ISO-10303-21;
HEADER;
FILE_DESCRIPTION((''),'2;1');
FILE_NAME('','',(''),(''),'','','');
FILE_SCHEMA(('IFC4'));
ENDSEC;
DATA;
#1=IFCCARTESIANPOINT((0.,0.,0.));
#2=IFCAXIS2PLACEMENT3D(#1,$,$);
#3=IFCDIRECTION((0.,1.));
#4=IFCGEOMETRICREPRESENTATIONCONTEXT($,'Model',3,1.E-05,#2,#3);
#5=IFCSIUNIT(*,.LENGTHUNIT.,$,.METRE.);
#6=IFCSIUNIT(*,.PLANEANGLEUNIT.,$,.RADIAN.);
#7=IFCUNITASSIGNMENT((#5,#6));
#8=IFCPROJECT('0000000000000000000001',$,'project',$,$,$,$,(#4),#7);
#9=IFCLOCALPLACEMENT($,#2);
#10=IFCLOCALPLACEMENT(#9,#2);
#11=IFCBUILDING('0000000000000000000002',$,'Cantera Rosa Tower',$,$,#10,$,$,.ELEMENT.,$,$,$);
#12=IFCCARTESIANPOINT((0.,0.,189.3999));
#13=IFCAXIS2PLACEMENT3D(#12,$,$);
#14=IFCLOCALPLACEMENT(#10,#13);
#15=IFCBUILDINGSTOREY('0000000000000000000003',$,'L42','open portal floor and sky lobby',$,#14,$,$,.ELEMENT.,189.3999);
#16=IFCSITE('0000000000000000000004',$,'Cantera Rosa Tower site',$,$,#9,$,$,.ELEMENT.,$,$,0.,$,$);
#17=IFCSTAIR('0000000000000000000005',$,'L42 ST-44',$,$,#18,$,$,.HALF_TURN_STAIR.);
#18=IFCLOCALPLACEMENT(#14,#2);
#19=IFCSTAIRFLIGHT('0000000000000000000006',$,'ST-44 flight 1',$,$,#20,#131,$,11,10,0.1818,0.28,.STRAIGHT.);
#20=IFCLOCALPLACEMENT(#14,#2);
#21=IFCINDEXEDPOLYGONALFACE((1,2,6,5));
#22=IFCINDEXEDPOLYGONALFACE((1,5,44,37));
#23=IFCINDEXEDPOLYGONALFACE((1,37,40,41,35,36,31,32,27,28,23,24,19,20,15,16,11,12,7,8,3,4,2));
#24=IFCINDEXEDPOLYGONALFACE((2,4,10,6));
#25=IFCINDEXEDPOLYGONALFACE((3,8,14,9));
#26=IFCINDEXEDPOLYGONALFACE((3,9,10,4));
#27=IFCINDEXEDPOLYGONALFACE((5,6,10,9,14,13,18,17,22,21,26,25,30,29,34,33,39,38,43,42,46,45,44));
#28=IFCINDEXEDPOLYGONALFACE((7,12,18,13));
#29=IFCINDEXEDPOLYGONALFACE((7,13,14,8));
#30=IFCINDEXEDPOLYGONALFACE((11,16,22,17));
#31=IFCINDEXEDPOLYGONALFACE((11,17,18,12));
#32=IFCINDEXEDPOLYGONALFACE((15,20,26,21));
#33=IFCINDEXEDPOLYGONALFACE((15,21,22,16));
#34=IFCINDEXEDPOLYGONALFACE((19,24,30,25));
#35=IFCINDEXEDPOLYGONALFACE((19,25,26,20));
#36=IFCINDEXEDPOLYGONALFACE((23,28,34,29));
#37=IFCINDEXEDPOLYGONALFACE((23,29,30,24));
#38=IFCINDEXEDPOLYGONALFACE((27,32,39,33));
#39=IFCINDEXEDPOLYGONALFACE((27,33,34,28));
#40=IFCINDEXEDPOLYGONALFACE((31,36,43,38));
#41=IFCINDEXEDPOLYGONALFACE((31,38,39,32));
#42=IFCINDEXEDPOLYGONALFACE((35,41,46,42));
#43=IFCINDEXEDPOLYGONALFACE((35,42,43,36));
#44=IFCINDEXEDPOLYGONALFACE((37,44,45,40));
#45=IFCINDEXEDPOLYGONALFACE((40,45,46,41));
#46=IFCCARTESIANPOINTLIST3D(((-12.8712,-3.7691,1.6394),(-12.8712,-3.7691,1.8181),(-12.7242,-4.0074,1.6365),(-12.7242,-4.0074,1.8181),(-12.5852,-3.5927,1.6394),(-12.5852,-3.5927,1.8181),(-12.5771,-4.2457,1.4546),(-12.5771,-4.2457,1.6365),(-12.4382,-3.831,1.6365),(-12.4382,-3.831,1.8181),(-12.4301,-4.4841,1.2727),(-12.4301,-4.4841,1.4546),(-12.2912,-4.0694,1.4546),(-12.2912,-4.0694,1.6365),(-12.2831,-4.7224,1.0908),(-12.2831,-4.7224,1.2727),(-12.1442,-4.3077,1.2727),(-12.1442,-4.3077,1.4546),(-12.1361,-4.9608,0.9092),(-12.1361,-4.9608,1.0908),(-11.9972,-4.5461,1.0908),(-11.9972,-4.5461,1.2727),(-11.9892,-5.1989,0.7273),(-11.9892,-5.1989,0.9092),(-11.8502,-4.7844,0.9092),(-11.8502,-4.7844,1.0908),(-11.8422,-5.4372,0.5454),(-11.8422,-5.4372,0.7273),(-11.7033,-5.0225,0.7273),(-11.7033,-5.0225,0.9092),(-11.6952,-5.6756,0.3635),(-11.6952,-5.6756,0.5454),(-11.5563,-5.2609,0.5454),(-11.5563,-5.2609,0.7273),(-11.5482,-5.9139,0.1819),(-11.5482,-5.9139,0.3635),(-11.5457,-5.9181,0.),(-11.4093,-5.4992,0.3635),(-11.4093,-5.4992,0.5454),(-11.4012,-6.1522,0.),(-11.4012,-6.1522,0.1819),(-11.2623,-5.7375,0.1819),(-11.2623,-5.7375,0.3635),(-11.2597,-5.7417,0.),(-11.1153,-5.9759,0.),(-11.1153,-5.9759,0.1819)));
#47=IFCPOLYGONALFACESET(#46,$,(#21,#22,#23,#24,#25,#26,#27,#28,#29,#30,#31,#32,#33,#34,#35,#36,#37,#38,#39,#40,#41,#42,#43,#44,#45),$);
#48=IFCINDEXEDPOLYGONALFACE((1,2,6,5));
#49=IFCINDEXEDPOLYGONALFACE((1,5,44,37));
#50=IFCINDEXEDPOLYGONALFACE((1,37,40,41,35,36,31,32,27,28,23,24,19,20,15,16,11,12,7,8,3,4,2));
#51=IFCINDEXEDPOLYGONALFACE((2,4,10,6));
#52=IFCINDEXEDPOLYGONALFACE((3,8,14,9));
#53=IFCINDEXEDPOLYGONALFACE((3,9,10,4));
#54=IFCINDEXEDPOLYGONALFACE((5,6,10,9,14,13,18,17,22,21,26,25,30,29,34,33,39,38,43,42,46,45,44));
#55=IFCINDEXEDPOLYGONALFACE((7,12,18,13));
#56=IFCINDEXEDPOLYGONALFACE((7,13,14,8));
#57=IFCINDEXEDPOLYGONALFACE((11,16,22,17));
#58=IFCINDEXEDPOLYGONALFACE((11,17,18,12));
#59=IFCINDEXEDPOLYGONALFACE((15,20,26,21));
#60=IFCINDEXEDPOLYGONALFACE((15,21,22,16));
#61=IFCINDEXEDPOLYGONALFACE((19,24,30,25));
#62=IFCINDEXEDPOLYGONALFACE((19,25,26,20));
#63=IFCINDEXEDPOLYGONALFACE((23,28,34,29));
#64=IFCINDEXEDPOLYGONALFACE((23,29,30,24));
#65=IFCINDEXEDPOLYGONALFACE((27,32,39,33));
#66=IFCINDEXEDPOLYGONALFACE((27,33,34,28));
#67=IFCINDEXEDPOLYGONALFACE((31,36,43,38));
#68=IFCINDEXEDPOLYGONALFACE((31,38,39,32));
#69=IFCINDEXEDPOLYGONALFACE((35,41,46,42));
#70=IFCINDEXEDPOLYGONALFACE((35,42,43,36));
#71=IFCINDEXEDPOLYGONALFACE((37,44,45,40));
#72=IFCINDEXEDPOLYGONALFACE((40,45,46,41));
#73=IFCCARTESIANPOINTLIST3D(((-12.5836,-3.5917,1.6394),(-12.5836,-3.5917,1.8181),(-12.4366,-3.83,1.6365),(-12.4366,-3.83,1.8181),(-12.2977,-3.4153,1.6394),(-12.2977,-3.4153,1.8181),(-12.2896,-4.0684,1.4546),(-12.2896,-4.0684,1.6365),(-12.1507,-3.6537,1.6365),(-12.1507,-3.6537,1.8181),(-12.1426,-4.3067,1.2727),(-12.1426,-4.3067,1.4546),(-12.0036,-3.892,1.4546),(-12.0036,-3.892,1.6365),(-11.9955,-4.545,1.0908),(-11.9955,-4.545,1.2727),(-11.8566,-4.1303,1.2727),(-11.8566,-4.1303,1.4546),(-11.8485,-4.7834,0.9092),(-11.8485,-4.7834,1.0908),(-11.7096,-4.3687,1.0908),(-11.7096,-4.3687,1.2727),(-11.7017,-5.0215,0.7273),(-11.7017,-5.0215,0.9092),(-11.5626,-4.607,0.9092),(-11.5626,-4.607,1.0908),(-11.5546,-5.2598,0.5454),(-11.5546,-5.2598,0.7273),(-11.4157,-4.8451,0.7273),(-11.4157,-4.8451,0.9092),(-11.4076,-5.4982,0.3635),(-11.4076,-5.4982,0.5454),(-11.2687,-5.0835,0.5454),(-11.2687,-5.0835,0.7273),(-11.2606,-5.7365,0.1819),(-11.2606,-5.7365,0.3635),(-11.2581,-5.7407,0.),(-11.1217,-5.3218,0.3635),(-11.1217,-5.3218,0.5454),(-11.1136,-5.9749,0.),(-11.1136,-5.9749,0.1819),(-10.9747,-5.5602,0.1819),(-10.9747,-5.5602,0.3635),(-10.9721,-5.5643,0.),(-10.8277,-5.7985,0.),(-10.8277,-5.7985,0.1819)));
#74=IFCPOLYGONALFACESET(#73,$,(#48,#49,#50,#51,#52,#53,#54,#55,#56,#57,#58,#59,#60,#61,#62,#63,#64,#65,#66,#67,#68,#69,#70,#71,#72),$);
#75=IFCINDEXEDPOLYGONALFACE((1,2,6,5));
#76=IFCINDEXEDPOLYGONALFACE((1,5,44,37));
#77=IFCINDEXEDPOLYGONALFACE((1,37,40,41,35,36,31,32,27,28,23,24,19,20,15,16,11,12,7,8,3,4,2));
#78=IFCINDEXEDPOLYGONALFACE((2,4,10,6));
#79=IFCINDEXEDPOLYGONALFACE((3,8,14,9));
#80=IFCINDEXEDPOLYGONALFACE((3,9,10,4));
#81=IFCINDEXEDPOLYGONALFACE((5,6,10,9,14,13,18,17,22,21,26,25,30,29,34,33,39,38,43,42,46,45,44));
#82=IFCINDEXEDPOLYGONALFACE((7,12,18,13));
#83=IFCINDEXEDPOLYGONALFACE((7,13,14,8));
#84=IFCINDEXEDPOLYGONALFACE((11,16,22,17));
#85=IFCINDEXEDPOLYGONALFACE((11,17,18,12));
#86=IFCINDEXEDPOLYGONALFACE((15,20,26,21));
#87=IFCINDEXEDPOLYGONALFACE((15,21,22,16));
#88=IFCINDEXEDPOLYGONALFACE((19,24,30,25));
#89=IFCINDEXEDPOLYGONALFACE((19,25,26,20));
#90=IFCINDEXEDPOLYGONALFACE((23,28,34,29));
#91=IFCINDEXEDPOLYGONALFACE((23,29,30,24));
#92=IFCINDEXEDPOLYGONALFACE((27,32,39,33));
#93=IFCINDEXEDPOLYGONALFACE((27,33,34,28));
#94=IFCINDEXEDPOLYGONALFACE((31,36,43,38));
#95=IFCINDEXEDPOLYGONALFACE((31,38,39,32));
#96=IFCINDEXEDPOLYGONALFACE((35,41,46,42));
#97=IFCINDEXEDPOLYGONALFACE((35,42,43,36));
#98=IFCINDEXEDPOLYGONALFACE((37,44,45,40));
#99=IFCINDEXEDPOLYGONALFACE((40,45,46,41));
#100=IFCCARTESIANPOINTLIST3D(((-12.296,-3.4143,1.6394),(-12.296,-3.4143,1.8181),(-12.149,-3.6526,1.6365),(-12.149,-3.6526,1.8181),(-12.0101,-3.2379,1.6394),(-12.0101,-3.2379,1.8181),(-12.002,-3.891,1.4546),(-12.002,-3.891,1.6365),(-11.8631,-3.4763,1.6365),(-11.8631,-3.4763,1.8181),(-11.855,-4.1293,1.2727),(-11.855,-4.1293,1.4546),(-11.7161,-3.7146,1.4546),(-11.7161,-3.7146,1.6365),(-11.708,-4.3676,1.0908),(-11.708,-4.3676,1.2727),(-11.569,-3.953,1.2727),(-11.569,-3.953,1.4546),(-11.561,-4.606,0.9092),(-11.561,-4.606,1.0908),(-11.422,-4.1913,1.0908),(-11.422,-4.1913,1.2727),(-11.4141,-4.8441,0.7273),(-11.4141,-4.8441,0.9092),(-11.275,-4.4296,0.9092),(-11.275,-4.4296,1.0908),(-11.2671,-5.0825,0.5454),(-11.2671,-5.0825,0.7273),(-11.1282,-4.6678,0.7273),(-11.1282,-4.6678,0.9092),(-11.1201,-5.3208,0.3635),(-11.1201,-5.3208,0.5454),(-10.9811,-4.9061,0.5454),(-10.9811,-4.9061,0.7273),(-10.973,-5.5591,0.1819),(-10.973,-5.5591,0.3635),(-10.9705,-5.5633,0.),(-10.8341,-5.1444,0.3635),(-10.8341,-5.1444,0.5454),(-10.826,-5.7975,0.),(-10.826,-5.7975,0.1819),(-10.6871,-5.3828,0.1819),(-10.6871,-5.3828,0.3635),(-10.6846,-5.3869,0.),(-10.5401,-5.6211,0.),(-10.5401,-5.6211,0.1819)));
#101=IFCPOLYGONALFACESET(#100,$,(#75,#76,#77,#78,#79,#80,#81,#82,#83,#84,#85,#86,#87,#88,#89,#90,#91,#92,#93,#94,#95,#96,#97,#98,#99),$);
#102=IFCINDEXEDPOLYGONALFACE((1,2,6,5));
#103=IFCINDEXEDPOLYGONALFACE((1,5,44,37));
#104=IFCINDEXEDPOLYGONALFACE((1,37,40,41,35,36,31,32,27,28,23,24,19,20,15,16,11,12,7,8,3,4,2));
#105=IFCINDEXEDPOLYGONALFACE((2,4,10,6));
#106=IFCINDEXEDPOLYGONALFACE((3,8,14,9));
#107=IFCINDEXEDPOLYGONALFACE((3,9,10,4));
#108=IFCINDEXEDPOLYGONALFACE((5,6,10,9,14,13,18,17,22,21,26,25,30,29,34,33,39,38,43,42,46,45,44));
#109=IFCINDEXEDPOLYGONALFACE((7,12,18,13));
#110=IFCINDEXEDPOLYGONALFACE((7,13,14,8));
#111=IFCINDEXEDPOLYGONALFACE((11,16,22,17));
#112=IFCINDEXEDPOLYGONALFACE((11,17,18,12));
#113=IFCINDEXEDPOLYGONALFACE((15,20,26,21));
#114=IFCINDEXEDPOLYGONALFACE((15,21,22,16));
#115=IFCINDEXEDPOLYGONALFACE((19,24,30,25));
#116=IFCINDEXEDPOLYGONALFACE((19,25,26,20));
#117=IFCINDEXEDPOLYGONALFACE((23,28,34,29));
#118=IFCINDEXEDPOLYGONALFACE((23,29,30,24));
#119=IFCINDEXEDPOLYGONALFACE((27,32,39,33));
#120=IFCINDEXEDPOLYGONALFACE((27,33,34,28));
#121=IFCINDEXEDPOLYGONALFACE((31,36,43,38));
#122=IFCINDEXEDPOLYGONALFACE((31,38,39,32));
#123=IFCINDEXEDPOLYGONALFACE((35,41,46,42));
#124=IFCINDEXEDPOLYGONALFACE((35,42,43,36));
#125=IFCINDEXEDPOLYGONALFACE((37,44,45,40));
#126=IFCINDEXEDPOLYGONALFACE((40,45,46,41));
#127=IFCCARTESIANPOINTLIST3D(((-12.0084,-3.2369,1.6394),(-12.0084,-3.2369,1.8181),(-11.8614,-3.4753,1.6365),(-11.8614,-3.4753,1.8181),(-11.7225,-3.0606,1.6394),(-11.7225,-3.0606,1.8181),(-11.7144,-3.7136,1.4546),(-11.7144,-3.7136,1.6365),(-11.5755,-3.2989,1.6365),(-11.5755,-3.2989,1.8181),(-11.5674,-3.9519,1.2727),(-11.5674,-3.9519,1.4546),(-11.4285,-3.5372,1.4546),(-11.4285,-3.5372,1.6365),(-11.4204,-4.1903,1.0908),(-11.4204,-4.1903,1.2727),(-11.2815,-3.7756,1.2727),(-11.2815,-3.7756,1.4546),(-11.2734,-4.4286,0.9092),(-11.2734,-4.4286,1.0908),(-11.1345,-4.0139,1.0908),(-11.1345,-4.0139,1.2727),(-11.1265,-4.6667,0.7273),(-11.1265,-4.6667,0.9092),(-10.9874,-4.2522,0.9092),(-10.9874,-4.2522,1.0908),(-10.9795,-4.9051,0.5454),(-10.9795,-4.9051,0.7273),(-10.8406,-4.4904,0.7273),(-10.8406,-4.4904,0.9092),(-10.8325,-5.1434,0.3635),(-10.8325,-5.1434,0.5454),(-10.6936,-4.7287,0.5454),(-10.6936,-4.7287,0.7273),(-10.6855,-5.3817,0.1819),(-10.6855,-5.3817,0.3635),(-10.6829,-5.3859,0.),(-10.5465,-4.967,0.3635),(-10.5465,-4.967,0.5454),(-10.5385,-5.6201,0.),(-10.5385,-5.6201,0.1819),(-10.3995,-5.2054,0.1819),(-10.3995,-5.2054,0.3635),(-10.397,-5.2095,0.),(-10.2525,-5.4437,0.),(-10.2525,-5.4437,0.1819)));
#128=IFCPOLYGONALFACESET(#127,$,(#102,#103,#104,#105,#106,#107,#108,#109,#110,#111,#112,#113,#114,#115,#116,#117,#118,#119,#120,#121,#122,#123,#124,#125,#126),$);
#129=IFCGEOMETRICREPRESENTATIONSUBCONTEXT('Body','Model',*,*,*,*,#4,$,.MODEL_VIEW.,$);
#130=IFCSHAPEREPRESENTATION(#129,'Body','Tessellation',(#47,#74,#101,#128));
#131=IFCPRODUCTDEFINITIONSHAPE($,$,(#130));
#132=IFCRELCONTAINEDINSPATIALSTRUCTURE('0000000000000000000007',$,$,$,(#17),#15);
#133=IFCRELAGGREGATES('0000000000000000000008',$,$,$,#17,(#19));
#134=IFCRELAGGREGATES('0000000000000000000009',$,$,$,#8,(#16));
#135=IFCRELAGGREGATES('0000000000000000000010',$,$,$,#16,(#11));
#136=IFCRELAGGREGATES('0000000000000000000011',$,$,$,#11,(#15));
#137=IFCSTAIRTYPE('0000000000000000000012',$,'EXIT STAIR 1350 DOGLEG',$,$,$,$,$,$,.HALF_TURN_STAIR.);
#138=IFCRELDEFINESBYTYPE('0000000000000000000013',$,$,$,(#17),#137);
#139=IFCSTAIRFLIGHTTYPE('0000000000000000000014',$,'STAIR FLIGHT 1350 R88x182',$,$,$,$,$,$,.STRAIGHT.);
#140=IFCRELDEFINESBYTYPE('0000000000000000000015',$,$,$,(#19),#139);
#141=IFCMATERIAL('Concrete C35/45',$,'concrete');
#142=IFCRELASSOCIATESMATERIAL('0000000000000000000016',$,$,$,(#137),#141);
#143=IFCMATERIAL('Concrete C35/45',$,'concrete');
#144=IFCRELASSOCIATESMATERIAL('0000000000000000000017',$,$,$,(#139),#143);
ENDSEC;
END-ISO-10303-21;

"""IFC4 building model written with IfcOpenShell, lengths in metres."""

from ifc_helpers import new_model, si_unit, direction, frame, origin, place, context, subcontext, project, spatial, polyline, outline, extrude, material, type_object, element, aggregate, save


model = new_model("IFC4")

# Units and contexts
model_context = context("Model", 3, precision=1e-05, world=origin(), true_north=direction((0.0, 1.0)))
body_context = subcontext(model_context, "Body", "Model", "MODEL_VIEW")
ifc_project = project(units=[si_unit("LENGTHUNIT", "METRE"), si_unit("PLANEANGLEUNIT", "RADIAN")], contexts=[model_context])

# Site, building, storey
site_placement = place(None, origin())
site = spatial("IfcSite", under=ifc_project, at=site_placement, Name="Cantera Rosa Tower site", CompositionType="ELEMENT", RefElevation=0.0)
building_placement = place(site_placement, origin())
building = spatial("IfcBuilding", under=site, at=building_placement, Name="Cantera Rosa Tower", CompositionType="ELEMENT")
storey_placement = place(building_placement, frame((0.0, 0.0, 189.3999)))
storey = spatial("IfcBuildingStorey", under=building, at=storey_placement, Name="L42", Description="open portal floor and sky lobby", CompositionType="ELEMENT", Elevation=189.3999)

# Stair, stair flight
ifc_material_1 = material(Name="Concrete C35/45", Category="concrete")
stair_type = type_object("IfcStairType", Name="EXIT STAIR 1350 DOGLEG", PredefinedType="HALF_TURN_STAIR", material=ifc_material_1)
stair_placement = place(storey_placement, origin())
stair = element("IfcStair", 1, at=stair_placement, inside=storey, type_object=stair_type, Name="L42 ST-44", PredefinedType="HALF_TURN_STAIR")
ifc_material_2 = material(Name="Concrete C35/45", Category="concrete")
stair_flight_type = type_object("IfcStairFlightType", Name="STAIR FLIGHT 1350 R88x182", PredefinedType="STRAIGHT", material=ifc_material_2)
stair_flight_1_placement = place(storey_placement, frame((-10.8267, -5.7979, 0.0), z_axis=(0.0, 0.0, 1.0), x_axis=(-0.524977, 0.851117, 0.0)))
stair_flight_1 = element("IfcStairFlight", 2, at=stair_flight_1_placement, type_object=stair_flight_type, Name="ST-44 flight 1", NumberOfRisers=11, NumberOfTreads=10, PredefinedType="STRAIGHT", RiserHeight=0.1818, TreadLength=0.28, context=body_context, shape_type="SweptSolid", body=[
    extrude(outline(polyline([(0.0, 0.0), (0.0, 0.1819), (0.28, 0.1819), (0.28, 0.3635), (0.5601, 0.3635), (0.5601, 0.5454), (0.8401, 0.5454), (0.8401, 0.7273), (1.1201, 0.7273), (1.1201, 0.9092), (1.3999, 0.9092), (1.3999, 1.0908), (1.6799, 1.0908), (1.6799, 1.2727), (1.96, 1.2727), (1.96, 1.4546), (2.24, 1.4546), (2.24, 1.6365), (2.52, 1.6365), (2.52, 1.8181), (2.8, 1.8181), (2.8, 2.0), (2.8, 1.6394), (0.2751, 0.0), (0.0, 0.0)])), frame((0.0, 0.675, 0.0), z_axis=(0.0, -1.0, 0.0), x_axis=(1.0, 0.0, 0.0)), (0.0, 0.0, 1.0), 0.3359),
    extrude(outline(polyline([(0.0, 0.0), (0.0, 0.1819), (0.28, 0.1819), (0.28, 0.3635), (0.5601, 0.3635), (0.5601, 0.5454), (0.8401, 0.5454), (0.8401, 0.7273), (1.1201, 0.7273), (1.1201, 0.9092), (1.3999, 0.9092), (1.3999, 1.0908), (1.6799, 1.0908), (1.6799, 1.2727), (1.96, 1.2727), (1.96, 1.4546), (2.24, 1.4546), (2.24, 1.6365), (2.52, 1.6365), (2.52, 1.8181), (2.8, 1.8181), (2.8, 2.0), (2.8, 1.6394), (0.2751, 0.0), (0.0, 0.0)])), frame((0.0, 0.3372, 0.0), z_axis=(0.0, -1.0, 0.0), x_axis=(1.0, 0.0, 0.0)), (0.0, 0.0, 1.0), 0.3359),
    extrude(outline(polyline([(0.0, 0.0), (0.0, 0.1819), (0.28, 0.1819), (0.28, 0.3635), (0.5601, 0.3635), (0.5601, 0.5454), (0.8401, 0.5454), (0.8401, 0.7273), (1.1201, 0.7273), (1.1201, 0.9092), (1.3999, 0.9092), (1.3999, 1.0908), (1.6799, 1.0908), (1.6799, 1.2727), (1.96, 1.2727), (1.96, 1.4546), (2.24, 1.4546), (2.24, 1.6365), (2.52, 1.6365), (2.52, 1.8181), (2.8, 1.8181), (2.8, 2.0), (2.8, 1.6394), (0.2751, 0.0), (0.0, 0.0)])), frame((0.0, -0.0007, 0.0), z_axis=(0.0, -1.0, 0.0), x_axis=(1.0, 0.0, 0.0)), (0.0, 0.0, 1.0), 0.3359),
    extrude(outline(polyline([(0.0, 0.0), (0.0, 0.1819), (0.28, 0.1819), (0.28, 0.3635), (0.5601, 0.3635), (0.5601, 0.5454), (0.8401, 0.5454), (0.8401, 0.7273), (1.1201, 0.7273), (1.1201, 0.9092), (1.3999, 0.9092), (1.3999, 1.0908), (1.6799, 1.0908), (1.6799, 1.2727), (1.96, 1.2727), (1.96, 1.4546), (2.24, 1.4546), (2.24, 1.6365), (2.52, 1.6365), (2.52, 1.8181), (2.8, 1.8181), (2.8, 2.0), (2.8, 1.6394), (0.2751, 0.0), (0.0, 0.0)])), frame((0.0, -0.3386, 0.0), z_axis=(0.0, -1.0, 0.0), x_axis=(1.0, 0.0, 0.0)), (0.0, 0.0, 1.0), 0.3359),
])
aggregate(stair, [stair_flight_1])

save(model, "model.ifc")
